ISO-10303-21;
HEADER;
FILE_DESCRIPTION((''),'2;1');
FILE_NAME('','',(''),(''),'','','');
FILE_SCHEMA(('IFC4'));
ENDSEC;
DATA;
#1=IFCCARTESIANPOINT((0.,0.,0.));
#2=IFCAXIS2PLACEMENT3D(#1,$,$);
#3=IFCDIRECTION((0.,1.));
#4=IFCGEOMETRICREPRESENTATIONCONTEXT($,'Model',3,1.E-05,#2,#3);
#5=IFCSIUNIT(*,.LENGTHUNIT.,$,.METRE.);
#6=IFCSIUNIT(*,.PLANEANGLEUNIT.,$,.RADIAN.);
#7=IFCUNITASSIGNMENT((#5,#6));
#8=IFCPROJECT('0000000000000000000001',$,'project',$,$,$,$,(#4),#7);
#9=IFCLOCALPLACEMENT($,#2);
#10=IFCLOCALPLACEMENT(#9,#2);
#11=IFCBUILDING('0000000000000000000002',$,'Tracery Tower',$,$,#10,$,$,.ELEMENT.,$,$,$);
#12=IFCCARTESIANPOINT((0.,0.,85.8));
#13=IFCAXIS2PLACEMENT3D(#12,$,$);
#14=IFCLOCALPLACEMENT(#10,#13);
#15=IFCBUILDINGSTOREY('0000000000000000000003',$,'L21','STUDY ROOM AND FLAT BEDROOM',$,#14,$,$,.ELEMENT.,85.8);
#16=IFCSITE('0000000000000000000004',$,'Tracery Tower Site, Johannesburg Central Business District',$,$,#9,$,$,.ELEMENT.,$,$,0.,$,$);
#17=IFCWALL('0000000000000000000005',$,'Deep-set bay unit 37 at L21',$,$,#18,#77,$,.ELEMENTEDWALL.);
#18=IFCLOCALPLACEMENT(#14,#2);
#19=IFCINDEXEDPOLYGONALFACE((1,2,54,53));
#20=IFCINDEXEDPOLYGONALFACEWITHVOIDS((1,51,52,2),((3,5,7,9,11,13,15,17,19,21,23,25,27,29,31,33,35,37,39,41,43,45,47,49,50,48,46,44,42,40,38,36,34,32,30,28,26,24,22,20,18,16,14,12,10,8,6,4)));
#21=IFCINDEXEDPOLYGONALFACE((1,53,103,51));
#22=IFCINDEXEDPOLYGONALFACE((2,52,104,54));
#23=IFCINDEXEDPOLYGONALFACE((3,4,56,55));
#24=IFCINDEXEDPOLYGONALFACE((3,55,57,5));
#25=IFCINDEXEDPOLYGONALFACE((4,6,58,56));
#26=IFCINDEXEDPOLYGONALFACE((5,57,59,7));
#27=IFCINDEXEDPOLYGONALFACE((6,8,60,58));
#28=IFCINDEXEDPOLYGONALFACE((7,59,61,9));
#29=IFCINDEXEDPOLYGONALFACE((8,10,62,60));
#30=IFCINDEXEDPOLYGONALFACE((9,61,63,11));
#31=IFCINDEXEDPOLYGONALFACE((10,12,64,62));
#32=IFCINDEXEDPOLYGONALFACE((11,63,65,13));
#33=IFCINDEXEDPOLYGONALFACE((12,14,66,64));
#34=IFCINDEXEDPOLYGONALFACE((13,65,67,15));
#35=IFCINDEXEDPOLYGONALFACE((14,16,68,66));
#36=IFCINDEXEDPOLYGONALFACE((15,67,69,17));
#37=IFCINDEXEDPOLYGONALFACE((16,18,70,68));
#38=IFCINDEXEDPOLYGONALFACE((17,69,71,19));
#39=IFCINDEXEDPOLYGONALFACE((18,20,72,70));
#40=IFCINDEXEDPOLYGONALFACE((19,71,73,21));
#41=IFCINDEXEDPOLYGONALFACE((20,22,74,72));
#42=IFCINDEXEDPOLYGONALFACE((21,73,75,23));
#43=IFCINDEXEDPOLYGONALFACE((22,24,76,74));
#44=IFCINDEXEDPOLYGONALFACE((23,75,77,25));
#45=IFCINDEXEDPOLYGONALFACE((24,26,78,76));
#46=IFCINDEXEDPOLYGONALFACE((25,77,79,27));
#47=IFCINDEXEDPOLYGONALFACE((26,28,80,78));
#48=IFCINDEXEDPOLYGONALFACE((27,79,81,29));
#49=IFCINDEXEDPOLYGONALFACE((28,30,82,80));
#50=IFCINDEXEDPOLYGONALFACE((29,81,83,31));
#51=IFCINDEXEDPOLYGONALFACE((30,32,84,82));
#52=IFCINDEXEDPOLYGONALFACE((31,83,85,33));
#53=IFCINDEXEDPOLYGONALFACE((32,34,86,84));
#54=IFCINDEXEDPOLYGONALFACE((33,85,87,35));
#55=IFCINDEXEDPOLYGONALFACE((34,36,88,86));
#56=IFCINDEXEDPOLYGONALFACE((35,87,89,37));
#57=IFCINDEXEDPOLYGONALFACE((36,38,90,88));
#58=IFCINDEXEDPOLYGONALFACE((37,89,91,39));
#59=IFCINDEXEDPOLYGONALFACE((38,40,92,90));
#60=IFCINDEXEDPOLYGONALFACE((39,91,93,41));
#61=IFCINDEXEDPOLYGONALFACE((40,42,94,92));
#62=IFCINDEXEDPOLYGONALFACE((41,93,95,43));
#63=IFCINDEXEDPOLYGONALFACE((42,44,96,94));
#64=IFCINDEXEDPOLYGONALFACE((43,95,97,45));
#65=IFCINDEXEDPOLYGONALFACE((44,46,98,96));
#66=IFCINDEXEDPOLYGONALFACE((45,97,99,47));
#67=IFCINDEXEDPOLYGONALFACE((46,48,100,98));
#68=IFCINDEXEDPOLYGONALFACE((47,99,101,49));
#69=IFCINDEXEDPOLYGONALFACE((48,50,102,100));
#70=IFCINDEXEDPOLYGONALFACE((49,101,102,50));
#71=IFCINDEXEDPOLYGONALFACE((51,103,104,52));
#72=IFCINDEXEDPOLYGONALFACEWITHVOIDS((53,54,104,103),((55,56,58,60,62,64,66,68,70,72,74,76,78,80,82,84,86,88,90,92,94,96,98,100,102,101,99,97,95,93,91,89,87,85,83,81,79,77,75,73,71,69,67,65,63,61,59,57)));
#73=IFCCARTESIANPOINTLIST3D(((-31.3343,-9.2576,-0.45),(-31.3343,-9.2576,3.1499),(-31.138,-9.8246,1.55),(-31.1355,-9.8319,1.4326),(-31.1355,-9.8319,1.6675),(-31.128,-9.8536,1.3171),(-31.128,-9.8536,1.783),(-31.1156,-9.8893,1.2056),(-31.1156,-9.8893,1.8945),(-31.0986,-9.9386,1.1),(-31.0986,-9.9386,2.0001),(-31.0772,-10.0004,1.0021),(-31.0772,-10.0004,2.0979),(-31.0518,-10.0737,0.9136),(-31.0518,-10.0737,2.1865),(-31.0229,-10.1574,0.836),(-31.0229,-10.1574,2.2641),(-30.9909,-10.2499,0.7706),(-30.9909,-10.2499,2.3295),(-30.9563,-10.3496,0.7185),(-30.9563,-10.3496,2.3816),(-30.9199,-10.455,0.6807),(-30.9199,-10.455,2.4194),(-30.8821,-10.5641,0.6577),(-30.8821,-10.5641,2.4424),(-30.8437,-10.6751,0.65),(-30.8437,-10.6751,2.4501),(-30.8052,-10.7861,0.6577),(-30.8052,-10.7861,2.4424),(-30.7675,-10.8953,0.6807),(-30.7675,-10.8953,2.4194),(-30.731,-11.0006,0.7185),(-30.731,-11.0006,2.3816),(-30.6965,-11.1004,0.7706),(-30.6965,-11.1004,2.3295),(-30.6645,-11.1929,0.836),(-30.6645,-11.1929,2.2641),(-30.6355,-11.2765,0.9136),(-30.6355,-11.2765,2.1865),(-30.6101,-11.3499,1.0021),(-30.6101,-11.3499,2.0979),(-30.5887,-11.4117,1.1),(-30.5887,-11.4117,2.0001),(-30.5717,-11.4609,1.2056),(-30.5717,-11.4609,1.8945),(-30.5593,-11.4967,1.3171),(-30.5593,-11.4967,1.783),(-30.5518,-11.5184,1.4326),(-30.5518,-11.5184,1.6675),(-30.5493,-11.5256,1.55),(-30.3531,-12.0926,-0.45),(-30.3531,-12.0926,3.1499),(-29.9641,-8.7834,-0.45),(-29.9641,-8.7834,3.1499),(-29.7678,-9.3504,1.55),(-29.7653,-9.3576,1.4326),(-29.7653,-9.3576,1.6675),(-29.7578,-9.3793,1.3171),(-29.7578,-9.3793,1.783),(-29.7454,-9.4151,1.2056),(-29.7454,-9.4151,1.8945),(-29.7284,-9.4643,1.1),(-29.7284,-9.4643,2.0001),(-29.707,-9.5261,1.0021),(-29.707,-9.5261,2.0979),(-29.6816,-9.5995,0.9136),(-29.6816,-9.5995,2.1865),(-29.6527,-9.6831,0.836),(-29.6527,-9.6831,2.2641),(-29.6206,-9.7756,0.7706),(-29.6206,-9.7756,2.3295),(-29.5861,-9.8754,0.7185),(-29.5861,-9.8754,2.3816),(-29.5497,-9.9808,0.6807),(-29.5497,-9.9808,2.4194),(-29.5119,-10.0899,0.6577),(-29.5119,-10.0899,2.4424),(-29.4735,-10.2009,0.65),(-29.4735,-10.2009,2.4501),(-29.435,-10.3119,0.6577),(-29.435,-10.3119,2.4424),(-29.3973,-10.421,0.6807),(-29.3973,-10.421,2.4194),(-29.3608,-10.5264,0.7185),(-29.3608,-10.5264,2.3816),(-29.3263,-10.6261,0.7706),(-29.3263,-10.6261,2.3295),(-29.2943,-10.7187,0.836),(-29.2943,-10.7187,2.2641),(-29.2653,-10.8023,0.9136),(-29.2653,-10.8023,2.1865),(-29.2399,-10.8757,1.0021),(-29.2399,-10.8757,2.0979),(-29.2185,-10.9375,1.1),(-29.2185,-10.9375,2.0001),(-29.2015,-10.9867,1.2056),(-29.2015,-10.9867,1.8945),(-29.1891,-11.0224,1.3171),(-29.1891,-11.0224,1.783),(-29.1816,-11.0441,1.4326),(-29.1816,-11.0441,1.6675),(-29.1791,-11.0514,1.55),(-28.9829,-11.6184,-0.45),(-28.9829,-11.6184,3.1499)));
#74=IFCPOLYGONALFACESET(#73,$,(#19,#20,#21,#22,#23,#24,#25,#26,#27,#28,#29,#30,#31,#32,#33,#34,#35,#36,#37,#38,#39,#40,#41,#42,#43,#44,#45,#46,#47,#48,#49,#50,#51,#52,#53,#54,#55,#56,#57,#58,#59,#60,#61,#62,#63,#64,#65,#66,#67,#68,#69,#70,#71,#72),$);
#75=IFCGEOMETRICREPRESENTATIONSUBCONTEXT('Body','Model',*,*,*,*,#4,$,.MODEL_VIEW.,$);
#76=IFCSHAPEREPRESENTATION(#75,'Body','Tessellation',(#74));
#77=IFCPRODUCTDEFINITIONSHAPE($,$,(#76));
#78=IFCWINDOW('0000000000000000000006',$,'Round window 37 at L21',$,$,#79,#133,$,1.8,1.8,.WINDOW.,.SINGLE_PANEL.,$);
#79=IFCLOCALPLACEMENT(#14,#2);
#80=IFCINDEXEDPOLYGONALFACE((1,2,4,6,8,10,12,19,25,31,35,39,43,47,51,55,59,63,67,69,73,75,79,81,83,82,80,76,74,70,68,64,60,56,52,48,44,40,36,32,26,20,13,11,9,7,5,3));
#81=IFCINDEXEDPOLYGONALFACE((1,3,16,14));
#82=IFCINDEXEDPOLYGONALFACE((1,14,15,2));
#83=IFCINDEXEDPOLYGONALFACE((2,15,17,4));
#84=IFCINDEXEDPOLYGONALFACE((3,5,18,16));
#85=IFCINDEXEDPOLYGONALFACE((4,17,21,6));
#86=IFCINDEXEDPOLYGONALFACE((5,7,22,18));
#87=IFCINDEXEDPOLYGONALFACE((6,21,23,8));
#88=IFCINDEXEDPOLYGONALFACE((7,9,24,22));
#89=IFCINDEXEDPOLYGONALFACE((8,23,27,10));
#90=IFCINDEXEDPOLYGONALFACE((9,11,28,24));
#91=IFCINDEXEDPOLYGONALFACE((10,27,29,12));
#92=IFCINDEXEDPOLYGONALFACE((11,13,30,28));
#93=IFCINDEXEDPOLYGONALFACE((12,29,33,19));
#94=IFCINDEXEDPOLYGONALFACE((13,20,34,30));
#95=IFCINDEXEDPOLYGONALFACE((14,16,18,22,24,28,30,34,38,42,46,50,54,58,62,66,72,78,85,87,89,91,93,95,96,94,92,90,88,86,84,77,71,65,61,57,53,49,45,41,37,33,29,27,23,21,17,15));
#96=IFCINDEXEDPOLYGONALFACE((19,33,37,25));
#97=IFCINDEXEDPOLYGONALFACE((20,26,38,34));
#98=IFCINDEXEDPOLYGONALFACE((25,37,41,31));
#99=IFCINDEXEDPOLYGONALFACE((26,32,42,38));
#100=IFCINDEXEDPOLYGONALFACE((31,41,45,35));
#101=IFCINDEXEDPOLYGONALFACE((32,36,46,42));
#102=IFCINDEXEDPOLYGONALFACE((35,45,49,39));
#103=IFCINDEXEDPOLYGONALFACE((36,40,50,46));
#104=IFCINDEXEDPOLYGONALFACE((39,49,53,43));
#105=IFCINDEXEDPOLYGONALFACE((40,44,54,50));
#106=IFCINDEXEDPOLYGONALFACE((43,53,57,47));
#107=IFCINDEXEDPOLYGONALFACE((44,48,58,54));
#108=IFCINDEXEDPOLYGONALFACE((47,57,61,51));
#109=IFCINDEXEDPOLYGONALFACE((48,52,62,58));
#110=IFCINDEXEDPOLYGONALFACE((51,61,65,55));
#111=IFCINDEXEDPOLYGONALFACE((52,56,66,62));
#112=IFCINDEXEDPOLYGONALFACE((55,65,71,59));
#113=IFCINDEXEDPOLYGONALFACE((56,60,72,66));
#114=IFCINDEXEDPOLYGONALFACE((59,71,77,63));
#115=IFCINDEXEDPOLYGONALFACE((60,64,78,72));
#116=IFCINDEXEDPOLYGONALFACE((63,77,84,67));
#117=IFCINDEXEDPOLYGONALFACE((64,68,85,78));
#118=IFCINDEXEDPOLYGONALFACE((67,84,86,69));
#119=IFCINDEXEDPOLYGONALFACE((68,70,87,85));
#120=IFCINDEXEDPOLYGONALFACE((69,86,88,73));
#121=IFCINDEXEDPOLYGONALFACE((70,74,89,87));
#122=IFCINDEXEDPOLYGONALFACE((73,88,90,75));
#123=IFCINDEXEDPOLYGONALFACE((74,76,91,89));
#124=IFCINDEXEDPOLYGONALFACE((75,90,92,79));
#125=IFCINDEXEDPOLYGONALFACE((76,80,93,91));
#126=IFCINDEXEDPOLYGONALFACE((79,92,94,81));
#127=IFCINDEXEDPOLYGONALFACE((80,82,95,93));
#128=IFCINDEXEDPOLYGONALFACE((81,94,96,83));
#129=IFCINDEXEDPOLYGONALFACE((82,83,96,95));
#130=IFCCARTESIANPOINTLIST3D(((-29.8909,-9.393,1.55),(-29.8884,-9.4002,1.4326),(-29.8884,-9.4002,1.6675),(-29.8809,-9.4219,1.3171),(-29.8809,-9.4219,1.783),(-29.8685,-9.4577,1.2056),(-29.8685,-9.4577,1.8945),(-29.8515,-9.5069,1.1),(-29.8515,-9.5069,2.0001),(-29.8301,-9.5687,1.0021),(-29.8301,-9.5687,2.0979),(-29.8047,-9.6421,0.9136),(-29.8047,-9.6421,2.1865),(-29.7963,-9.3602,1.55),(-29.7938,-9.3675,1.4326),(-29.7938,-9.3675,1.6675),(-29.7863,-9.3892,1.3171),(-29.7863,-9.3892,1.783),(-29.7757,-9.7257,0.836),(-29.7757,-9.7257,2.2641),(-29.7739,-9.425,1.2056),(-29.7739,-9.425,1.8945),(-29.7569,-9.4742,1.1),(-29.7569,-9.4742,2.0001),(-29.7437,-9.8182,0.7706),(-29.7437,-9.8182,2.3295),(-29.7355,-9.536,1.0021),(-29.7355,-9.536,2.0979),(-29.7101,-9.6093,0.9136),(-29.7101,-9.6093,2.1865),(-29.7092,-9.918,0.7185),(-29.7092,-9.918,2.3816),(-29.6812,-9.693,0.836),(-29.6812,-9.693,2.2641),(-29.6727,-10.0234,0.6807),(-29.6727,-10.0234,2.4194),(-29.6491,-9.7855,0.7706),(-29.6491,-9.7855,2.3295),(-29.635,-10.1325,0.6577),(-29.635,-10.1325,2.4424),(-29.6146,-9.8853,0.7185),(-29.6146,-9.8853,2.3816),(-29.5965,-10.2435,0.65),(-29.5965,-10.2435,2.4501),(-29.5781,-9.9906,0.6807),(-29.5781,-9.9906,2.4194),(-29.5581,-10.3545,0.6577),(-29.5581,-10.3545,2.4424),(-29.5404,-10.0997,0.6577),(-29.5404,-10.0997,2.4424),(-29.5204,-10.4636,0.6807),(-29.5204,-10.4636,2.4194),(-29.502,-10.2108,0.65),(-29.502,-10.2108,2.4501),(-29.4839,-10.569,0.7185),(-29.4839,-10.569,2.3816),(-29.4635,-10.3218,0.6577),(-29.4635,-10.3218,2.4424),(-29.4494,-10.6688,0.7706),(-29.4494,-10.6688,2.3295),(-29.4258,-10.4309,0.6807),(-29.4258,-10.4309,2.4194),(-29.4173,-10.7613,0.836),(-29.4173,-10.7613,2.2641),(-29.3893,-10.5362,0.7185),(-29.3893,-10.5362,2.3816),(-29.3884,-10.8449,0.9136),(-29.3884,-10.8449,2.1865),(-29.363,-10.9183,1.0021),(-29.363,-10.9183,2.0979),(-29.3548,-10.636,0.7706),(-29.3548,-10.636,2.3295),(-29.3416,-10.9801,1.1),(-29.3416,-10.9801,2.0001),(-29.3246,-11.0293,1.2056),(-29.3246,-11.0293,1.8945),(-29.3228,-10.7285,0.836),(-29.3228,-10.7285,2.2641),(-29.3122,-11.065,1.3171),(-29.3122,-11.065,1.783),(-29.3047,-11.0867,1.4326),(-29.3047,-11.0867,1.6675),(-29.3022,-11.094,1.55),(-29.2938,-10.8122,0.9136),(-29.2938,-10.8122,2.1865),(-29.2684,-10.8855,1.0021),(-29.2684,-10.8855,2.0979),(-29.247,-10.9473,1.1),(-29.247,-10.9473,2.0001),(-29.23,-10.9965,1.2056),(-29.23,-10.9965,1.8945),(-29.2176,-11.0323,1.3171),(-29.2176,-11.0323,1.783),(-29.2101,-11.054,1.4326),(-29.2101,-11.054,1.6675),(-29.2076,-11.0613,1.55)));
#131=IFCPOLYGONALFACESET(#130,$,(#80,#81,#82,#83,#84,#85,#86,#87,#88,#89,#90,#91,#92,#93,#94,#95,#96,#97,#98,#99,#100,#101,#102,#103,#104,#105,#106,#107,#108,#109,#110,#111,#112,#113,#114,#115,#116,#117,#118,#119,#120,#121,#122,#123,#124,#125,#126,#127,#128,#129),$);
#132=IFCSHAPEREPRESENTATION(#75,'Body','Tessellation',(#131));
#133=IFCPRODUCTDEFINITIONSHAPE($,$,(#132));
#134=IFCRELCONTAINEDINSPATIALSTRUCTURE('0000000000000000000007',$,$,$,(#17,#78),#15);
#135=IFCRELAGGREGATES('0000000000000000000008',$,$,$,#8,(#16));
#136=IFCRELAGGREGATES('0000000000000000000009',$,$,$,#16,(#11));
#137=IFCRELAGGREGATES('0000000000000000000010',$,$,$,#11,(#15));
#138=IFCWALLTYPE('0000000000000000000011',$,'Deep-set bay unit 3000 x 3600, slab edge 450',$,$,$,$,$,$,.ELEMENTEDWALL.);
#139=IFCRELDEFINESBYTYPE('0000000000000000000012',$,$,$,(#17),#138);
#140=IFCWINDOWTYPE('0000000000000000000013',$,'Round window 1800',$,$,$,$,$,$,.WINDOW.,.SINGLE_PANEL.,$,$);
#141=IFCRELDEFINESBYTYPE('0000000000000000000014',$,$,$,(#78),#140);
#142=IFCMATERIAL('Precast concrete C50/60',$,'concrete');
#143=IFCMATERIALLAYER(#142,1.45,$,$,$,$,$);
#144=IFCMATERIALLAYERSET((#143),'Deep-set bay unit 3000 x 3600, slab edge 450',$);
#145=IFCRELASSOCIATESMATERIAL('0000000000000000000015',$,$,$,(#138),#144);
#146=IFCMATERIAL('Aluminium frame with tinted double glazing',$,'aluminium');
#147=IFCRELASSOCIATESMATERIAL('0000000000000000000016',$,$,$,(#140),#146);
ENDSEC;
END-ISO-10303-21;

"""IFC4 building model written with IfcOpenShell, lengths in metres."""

from ifc_helpers import new_model, si_unit, direction, frame, frame_2d, origin, origin_2d, place, context, subcontext, project, spatial, rectangle, circle, extrude, material, layer, layer_set, type_object, element, fill, save


model = new_model("IFC4")

# Units and contexts
model_context = context("Model", 3, precision=1e-05, world=origin(), true_north=direction((0.0, 1.0)))
body_context = subcontext(model_context, "Body", "Model", "MODEL_VIEW")
ifc_project = project(units=[si_unit("LENGTHUNIT", "METRE"), si_unit("PLANEANGLEUNIT", "RADIAN")], contexts=[model_context])

# Site, building, storey
site_placement = place(None, origin())
site = spatial("IfcSite", under=ifc_project, at=site_placement, Name="Tracery Tower Site, Johannesburg Central Business District", CompositionType="ELEMENT", RefElevation=0.0)
building_placement = place(site_placement, origin())
building = spatial("IfcBuilding", under=site, at=building_placement, Name="Tracery Tower", CompositionType="ELEMENT")
storey_placement = place(building_placement, frame((0.0, 0.0, 85.8)))
storey = spatial("IfcBuildingStorey", under=building, at=storey_placement, Name="L21", Description="STUDY ROOM AND FLAT BEDROOM", CompositionType="ELEMENT", Elevation=85.8)

# Wall, opening, window
ifc_material_1 = material(Name="Precast concrete C50/60", Category="concrete")
ifc_layer_1 = layer(ifc_material_1, 1.45)
ifc_layer_set_1 = layer_set([ifc_layer_1], Name="Deep-set bay unit 3000 x 3600, slab edge 450")
wall_type_1 = type_object("IfcWallType", Name="Deep-set bay unit 3000 x 3600, slab edge 450", PredefinedType="ELEMENTEDWALL", material=ifc_layer_set_1)
ifc_material_2 = material(Name="Aluminium frame with tinted double glazing", Category="aluminium")
window_type = type_object("IfcWindowType", Name="Round window 1800", PartitioningType="SINGLE_PANEL", PredefinedType="WINDOW", material=ifc_material_2)
wall_1_placement = place(storey_placement, frame((-30.6492, -9.0205, -0.45), z_axis=(0.0, 0.0, 1.0), x_axis=(0.327071, -0.945, 0.0)))
wall_1 = element("IfcWall", 1, at=wall_1_placement, inside=storey, type_object=wall_type_1, Name="Deep-set bay unit 37 at L21", PredefinedType="ELEMENTEDWALL", context=body_context, shape_type="SweptSolid", body=[
    extrude(rectangle(XDim=3.0, YDim=1.45, at=frame_2d((1.5, 0.0))), origin(), (0.0, 0.0, 1.0), 3.5999),
])
opening_1_placement = place(wall_1_placement, frame((1.5, 0.0, 2.0)))
opening_1 = element("IfcOpeningElement", 2, at=opening_1_placement, cuts=wall_1, PredefinedType="OPENING", context=body_context, shape_type="SweptSolid", body=[
    extrude(circle(Radius=0.9, at=origin_2d()), frame((0.0, 0.7349, 0.0), z_axis=(0.0, -1.0, 0.0), x_axis=(1.0, 0.0, 0.0)), (0.0, 0.0, 1.0), 1.47),
])
window_1_placement = place(opening_1_placement, origin())
window_1 = element("IfcWindow", 3, at=window_1_placement, inside=storey, type_object=window_type, Name="Round window 37 at L21", OverallHeight=1.8, OverallWidth=1.8, PartitioningType="SINGLE_PANEL", PredefinedType="WINDOW", context=body_context, shape_type="SweptSolid", body=[
    extrude(circle(Radius=0.9, at=origin_2d()), frame((0.0, 0.6948, 0.0), z_axis=(0.0, -1.0, 0.0), x_axis=(1.0, 0.0, 0.0)), (0.0, 0.0, 1.0), 0.1001),
])
fill(opening_1, window_1)

save(model, "model.ifc")
